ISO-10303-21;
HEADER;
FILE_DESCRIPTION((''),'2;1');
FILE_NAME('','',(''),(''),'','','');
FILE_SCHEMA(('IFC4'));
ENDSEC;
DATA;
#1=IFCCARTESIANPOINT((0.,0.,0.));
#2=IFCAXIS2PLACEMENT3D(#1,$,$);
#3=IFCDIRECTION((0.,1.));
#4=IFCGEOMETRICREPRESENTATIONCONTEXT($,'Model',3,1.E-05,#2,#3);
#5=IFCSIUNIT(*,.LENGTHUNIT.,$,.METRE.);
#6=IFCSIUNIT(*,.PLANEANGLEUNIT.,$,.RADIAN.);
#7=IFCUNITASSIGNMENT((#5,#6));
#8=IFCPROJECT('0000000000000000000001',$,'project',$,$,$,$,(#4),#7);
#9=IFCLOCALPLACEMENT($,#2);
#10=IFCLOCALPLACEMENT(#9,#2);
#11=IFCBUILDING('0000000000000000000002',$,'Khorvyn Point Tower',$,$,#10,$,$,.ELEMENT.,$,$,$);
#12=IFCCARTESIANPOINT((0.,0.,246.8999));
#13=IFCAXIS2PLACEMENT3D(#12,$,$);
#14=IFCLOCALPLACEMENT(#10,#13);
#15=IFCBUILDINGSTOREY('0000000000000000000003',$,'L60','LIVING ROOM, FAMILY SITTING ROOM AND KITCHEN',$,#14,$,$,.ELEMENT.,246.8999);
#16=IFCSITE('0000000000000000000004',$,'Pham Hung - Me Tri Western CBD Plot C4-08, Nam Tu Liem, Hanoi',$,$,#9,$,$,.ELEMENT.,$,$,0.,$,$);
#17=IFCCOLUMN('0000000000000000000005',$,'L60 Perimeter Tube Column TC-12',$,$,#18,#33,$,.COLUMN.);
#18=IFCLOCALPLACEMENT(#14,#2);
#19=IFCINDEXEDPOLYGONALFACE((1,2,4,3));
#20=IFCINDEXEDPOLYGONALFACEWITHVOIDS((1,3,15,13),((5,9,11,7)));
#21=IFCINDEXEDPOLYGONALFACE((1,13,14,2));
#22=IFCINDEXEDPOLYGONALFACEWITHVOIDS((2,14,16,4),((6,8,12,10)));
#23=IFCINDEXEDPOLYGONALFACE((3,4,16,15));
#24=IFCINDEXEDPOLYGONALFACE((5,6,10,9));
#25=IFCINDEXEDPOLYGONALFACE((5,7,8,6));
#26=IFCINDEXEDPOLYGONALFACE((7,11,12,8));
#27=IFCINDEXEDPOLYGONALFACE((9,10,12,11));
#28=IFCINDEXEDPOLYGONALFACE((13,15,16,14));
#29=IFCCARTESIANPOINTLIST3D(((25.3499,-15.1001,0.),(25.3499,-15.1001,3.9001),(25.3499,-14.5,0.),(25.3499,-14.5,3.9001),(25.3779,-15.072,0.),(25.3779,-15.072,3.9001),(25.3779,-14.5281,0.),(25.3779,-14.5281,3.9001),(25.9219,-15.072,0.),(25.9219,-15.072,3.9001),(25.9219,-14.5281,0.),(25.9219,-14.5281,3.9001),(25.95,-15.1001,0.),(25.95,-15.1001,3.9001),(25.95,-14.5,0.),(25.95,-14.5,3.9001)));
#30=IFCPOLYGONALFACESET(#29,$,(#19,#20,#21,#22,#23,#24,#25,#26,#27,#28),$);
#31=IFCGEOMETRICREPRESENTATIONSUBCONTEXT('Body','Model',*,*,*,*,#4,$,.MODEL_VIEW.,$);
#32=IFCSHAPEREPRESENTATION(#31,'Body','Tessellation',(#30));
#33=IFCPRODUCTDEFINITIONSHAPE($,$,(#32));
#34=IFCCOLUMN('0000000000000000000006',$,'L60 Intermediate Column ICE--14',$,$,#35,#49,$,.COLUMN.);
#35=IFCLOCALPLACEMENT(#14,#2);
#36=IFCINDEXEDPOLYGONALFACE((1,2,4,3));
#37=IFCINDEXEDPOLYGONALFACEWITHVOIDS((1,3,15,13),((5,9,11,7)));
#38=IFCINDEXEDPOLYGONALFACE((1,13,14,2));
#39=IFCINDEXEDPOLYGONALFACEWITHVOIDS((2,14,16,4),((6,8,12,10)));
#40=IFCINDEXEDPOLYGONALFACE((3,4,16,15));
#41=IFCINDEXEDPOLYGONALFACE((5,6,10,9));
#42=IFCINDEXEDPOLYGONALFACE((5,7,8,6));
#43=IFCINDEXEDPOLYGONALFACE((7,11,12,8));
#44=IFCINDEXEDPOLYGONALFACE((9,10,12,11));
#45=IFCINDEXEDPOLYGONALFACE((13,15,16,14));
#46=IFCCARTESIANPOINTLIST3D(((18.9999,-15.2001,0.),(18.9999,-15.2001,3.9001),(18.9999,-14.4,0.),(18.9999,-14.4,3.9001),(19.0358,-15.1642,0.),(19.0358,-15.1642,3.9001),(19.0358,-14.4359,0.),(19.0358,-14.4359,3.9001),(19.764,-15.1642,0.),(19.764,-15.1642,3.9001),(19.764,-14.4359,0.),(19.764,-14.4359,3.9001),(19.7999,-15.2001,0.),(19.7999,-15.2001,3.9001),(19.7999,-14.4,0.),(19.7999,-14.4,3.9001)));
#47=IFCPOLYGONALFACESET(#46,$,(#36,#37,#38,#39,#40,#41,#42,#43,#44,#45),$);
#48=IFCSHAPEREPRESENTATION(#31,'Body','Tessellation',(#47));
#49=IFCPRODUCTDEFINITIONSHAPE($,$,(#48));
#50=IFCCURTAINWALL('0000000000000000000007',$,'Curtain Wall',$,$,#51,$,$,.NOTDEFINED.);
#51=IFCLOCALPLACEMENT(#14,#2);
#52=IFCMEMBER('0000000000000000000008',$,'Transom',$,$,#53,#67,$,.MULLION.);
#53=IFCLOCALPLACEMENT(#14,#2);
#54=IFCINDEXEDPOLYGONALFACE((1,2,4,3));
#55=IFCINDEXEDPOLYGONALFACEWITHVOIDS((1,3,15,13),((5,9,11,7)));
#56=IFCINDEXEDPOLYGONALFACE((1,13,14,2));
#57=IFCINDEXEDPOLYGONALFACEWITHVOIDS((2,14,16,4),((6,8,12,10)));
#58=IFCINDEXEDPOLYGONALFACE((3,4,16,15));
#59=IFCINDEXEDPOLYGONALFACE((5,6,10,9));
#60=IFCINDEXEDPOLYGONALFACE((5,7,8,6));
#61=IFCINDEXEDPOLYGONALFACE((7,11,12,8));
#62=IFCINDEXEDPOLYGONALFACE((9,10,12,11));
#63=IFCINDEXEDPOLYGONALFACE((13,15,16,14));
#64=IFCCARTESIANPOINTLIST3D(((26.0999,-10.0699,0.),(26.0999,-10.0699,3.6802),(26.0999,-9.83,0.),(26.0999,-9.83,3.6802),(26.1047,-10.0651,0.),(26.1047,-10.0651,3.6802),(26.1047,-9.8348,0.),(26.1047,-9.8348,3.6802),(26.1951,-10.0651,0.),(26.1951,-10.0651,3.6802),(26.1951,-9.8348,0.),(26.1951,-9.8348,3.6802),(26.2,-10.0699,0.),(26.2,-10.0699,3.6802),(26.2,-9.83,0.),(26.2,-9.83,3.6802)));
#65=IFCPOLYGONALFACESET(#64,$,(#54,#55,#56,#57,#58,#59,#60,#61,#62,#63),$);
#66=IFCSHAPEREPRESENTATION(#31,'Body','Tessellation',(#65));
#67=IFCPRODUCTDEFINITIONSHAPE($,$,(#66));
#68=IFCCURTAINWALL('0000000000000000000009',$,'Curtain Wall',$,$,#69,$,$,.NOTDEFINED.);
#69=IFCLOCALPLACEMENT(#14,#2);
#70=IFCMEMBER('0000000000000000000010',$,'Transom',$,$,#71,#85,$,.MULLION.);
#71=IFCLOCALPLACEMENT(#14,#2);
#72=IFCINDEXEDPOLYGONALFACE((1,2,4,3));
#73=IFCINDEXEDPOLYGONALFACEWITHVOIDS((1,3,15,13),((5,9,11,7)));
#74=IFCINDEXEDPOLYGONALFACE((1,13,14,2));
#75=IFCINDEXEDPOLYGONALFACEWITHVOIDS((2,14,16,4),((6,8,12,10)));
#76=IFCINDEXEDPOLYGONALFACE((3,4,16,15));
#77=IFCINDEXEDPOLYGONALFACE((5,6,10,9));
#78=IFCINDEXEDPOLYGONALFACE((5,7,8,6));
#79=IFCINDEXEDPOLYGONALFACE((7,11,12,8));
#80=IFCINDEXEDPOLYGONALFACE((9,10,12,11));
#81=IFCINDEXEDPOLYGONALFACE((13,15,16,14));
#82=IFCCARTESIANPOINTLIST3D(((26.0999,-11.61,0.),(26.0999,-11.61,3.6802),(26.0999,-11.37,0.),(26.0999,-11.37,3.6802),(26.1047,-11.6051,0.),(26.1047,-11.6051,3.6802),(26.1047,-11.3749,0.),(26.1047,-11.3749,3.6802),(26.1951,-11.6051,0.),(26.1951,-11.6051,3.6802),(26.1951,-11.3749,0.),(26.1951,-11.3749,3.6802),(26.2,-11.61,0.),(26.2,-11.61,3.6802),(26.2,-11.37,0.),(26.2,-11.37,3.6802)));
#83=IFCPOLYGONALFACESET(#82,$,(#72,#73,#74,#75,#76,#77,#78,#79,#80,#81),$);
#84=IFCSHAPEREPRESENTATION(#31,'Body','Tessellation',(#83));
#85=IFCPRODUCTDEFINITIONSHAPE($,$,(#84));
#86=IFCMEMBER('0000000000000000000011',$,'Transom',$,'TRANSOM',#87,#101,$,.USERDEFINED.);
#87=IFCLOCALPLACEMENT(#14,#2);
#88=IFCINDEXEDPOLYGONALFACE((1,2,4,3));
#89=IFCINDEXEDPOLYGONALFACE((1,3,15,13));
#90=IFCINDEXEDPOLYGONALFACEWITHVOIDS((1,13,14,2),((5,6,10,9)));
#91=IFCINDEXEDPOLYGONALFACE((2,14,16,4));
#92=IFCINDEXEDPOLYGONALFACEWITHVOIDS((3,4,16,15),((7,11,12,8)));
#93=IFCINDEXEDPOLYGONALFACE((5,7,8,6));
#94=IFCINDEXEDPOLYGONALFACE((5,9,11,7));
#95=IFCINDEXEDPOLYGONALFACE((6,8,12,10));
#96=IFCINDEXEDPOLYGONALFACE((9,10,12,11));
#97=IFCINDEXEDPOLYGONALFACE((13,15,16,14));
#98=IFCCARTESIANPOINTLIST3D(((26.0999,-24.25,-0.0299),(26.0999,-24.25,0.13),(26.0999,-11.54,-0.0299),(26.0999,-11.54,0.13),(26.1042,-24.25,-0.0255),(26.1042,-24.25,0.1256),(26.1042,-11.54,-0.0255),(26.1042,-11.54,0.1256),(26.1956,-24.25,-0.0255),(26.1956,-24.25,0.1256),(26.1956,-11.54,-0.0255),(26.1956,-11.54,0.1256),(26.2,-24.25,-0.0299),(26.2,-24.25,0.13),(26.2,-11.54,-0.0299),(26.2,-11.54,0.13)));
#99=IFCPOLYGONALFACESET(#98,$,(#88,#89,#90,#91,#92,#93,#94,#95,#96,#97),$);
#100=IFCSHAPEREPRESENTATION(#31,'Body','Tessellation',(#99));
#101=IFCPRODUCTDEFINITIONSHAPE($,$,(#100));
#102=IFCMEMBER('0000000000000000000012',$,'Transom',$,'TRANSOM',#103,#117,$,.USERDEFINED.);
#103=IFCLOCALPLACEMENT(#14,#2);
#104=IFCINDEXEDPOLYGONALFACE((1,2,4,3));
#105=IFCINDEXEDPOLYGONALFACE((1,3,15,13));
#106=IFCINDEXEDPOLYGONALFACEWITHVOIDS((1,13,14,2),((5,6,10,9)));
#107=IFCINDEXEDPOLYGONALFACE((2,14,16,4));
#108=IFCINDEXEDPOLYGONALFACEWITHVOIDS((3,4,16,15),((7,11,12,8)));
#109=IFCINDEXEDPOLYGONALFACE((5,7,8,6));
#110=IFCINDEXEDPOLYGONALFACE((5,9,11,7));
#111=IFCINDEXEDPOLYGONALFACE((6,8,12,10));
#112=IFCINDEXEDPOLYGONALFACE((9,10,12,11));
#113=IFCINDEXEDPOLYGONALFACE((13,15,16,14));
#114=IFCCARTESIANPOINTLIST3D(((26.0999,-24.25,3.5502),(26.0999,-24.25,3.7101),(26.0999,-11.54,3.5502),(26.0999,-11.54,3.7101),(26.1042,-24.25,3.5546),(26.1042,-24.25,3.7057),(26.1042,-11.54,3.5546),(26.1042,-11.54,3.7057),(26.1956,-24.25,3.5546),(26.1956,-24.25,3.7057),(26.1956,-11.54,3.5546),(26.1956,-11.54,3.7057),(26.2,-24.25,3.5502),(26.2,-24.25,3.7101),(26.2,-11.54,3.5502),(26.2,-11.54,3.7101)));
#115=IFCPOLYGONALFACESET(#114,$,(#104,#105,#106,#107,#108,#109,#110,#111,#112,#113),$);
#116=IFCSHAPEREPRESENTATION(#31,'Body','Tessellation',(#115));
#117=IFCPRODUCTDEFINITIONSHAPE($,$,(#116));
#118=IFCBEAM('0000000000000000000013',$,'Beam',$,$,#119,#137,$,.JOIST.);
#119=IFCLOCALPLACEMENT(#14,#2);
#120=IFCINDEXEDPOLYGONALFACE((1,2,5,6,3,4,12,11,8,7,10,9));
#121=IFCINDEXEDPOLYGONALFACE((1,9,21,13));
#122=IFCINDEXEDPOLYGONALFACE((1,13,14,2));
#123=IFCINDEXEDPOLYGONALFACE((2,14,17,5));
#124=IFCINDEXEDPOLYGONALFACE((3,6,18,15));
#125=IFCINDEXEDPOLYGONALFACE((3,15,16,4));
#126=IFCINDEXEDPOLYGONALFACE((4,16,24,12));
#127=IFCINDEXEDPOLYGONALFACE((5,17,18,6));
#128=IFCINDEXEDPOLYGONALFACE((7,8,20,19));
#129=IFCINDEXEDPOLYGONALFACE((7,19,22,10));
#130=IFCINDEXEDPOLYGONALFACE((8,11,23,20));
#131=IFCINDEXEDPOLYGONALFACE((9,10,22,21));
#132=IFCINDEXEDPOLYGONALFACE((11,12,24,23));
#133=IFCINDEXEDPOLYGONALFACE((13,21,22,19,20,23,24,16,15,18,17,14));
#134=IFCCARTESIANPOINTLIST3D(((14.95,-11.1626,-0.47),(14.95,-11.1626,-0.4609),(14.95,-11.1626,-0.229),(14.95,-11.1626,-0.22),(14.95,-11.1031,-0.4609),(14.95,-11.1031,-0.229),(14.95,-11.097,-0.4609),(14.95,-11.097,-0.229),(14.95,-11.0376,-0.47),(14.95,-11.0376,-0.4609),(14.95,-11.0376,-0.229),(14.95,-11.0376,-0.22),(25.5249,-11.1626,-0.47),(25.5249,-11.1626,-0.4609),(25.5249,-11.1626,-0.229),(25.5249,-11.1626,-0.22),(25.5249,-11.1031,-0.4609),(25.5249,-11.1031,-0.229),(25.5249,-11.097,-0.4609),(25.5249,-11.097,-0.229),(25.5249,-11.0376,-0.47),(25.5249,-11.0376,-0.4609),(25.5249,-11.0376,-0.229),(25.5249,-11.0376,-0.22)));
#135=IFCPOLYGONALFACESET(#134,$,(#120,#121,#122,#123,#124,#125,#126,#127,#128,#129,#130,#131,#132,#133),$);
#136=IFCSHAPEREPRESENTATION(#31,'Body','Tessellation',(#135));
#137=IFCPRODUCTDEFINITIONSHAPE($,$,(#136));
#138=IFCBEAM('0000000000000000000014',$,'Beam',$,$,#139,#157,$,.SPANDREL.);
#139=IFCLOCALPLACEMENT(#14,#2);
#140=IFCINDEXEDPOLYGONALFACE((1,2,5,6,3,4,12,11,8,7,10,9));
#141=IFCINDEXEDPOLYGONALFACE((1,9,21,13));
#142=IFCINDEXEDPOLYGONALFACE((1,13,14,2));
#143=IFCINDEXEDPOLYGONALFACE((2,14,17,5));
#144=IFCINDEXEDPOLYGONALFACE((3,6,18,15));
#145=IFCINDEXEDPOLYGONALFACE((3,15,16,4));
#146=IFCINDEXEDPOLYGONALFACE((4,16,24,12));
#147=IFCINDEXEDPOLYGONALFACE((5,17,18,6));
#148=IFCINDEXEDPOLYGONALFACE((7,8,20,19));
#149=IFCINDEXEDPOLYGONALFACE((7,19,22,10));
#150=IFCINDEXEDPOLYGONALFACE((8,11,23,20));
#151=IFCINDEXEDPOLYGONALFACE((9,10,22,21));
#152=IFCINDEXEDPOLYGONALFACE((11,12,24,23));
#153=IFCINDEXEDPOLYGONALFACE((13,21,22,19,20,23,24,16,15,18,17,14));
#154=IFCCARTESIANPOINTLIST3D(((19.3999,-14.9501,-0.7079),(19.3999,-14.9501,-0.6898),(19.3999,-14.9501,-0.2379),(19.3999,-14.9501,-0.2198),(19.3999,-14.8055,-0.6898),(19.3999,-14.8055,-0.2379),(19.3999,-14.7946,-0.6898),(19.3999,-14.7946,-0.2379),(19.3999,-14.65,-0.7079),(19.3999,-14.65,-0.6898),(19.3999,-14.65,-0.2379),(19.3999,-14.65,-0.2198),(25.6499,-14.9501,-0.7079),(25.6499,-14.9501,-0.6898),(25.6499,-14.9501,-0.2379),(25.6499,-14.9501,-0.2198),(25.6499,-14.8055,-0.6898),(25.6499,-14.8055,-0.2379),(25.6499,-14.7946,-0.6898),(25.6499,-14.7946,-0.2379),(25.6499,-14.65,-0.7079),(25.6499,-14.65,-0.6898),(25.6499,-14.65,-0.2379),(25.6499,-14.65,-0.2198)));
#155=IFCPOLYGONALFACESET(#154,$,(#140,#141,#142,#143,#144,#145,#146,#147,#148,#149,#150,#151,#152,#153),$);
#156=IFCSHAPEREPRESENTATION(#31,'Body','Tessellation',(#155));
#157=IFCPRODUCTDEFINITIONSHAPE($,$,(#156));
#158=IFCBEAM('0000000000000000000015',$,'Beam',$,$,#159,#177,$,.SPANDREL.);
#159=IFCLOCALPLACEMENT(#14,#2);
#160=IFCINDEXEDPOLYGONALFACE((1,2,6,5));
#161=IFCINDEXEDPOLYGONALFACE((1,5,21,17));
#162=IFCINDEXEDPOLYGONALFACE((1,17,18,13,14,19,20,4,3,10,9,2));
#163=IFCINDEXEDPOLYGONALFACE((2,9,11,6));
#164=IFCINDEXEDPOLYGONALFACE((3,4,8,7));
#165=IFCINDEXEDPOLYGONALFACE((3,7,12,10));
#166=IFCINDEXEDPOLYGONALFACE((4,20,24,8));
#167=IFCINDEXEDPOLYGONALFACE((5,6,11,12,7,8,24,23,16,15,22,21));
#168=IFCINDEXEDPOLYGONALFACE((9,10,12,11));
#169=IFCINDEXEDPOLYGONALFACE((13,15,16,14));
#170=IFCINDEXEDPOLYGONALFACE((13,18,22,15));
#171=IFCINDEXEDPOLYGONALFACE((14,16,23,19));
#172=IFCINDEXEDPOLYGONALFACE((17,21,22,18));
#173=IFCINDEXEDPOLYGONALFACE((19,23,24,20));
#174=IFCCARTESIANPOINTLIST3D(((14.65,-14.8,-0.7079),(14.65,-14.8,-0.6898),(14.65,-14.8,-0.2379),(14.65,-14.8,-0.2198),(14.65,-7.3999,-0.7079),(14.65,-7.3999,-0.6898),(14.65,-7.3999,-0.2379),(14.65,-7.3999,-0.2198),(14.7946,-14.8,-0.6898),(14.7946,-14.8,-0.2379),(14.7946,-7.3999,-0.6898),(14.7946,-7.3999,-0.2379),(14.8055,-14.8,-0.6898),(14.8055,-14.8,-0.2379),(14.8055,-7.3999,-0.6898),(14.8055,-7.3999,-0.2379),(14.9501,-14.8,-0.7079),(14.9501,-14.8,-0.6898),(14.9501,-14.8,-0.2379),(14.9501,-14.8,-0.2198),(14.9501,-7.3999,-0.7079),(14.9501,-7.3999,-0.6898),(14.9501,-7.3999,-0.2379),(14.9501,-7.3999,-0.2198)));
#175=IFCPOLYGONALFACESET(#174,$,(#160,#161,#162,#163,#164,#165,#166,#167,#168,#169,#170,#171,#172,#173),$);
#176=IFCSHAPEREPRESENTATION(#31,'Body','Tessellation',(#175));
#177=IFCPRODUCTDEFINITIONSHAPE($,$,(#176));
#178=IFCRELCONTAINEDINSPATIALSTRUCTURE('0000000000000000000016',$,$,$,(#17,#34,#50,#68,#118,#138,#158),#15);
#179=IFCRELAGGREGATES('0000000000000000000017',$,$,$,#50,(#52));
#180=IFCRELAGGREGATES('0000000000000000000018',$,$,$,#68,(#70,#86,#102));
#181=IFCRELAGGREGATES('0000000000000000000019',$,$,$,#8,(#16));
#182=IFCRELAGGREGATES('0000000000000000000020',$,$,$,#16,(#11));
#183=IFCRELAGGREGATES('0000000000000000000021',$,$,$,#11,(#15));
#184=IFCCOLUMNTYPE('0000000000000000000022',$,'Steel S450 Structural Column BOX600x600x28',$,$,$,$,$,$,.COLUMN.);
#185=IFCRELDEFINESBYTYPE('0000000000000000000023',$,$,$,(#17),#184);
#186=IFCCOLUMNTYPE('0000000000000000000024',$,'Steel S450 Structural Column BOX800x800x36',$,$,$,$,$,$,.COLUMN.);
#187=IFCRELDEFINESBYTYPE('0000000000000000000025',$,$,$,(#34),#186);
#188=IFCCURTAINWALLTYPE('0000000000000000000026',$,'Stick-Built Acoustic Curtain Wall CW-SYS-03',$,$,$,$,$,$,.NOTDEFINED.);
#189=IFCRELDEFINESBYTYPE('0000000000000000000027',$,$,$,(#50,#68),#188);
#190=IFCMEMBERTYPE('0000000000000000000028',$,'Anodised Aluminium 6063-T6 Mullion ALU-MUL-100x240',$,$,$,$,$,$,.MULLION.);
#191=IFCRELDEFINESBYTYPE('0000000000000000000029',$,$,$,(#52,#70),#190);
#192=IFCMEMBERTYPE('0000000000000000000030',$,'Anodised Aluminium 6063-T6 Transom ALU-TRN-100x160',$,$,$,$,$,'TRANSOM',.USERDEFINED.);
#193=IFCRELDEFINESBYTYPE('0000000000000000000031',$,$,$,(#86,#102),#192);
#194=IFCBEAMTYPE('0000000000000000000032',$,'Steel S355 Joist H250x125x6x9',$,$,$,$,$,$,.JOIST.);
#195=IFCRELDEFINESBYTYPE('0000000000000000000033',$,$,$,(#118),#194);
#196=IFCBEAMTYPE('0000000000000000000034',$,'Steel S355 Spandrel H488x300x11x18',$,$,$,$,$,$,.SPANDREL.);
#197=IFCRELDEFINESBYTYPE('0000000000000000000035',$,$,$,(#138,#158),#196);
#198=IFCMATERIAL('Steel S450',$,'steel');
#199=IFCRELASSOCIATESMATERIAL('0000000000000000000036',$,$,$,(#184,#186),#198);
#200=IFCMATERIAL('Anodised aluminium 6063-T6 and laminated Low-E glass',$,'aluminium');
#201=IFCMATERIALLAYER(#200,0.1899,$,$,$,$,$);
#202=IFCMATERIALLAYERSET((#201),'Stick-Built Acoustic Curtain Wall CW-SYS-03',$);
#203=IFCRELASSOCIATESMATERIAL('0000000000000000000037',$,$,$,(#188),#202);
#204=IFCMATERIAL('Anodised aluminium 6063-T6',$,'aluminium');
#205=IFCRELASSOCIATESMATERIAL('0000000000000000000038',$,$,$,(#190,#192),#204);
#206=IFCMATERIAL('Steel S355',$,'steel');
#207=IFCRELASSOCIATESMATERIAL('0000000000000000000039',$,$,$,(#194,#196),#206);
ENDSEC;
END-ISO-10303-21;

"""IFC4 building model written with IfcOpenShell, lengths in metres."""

from ifc_helpers import new_model, si_unit, direction, frame, origin, origin_2d, place, context, subcontext, project, spatial, hollow_rectangle, i_section, extrude, material, layer, layer_set, material_profile, profile_set, type_object, element, aggregate, save


model = new_model("IFC4")

# Units and contexts
model_context = context("Model", 3, precision=1e-05, world=origin(), true_north=direction((0.0, 1.0)))
body_context = subcontext(model_context, "Body", "Model", "MODEL_VIEW")
ifc_project = project(units=[si_unit("LENGTHUNIT", "METRE"), si_unit("PLANEANGLEUNIT", "RADIAN")], contexts=[model_context])

# Site, building, storey
site_placement = place(None, origin())
site = spatial("IfcSite", under=ifc_project, at=site_placement, Name="Pham Hung - Me Tri Western CBD Plot C4-08, Nam Tu Liem, Hanoi", CompositionType="ELEMENT", RefElevation=0.0)
building_placement = place(site_placement, origin())
building = spatial("IfcBuilding", under=site, at=building_placement, Name="Khorvyn Point Tower", CompositionType="ELEMENT")
storey_placement = place(building_placement, frame((0.0, 0.0, 246.8999)))
storey = spatial("IfcBuildingStorey", under=building, at=storey_placement, Name="L60", Description="LIVING ROOM, FAMILY SITTING ROOM AND KITCHEN", CompositionType="ELEMENT", Elevation=246.8999)

# Columns
ifc_material_1 = material(Name="Steel S450", Category="steel")
ifc_material_profile_1 = material_profile(ifc_material_1, hollow_rectangle(XDim=0.6001, YDim=0.6001, WallThickness=0.0281, at=origin_2d()))
ifc_profile_set_1 = profile_set([ifc_material_profile_1], Name="Steel S450 BOX600x600x28")
column_type_1 = type_object("IfcColumnType", Name="Steel S450 Structural Column BOX600x600x28", PredefinedType="COLUMN", material=ifc_profile_set_1)
column_1_placement = place(storey_placement, frame((25.6499, -14.8, 0.0), z_axis=(0.0, 0.0, 1.0), x_axis=(1.0, 0.0, 0.0)))
element("IfcColumn", 1, at=column_1_placement, inside=storey, type_object=column_type_1, Name="L60 Perimeter Tube Column TC-12", PredefinedType="COLUMN", context=body_context, shape_type="SweptSolid", body=[
    extrude(hollow_rectangle(XDim=0.6001, YDim=0.6001, WallThickness=0.0281, at=origin_2d()), origin(), (0.0, 0.0, 1.0), 3.9001),
])
ifc_material_profile_2 = material_profile(ifc_material_1, hollow_rectangle(XDim=0.8, YDim=0.8, WallThickness=0.0359, at=origin_2d()))
ifc_profile_set_2 = profile_set([ifc_material_profile_2], Name="Steel S450 BOX800x800x36")
column_type_2 = type_object("IfcColumnType", Name="Steel S450 Structural Column BOX800x800x36", PredefinedType="COLUMN", material=ifc_profile_set_2)
column_2_placement = place(storey_placement, frame((19.3999, -14.8, 0.0), z_axis=(0.0, 0.0, 1.0), x_axis=(1.0, 0.0, 0.0)))
element("IfcColumn", 2, at=column_2_placement, inside=storey, type_object=column_type_2, Name="L60 Intermediate Column ICE--14", PredefinedType="COLUMN", context=body_context, shape_type="SweptSolid", body=[
    extrude(hollow_rectangle(XDim=0.8, YDim=0.8, WallThickness=0.0359, at=origin_2d()), origin(), (0.0, 0.0, 1.0), 3.9001),
])

# Curtain wall, member
ifc_material_2 = material(Name="Anodised aluminium 6063-T6 and laminated Low-E glass", Category="aluminium")
ifc_layer_1 = layer(ifc_material_2, 0.1899)
ifc_layer_set_1 = layer_set([ifc_layer_1], Name="Stick-Built Acoustic Curtain Wall CW-SYS-03")
curtain_wall_type = type_object("IfcCurtainWallType", Name="Stick-Built Acoustic Curtain Wall CW-SYS-03", PredefinedType="NOTDEFINED", material=ifc_layer_set_1)
curtain_wall_1_placement = place(storey_placement, origin())
curtain_wall_1 = element("IfcCurtainWall", 3, at=curtain_wall_1_placement, inside=storey, type_object=curtain_wall_type, Name="Curtain Wall", PredefinedType="NOTDEFINED")
ifc_material_3 = material(Name="Anodised aluminium 6063-T6", Category="aluminium")
ifc_material_profile_3 = material_profile(ifc_material_3, hollow_rectangle(XDim=0.1001, YDim=0.24, WallThickness=0.0049, at=origin_2d()))
ifc_profile_set_3 = profile_set([ifc_material_profile_3], Name="Anodised aluminium 6063-T6 ALU-MUL-100x240")
member_type_1 = type_object("IfcMemberType", Name="Anodised Aluminium 6063-T6 Mullion ALU-MUL-100x240", PredefinedType="MULLION", material=ifc_profile_set_3)
member_1_placement = place(storey_placement, frame((26.1499, -9.95, 0.0), z_axis=(0.0, 0.0, 1.0), x_axis=(1.0, 0.0, 0.0)))
member_1 = element("IfcMember", 4, at=member_1_placement, type_object=member_type_1, Name="Transom", PredefinedType="MULLION", context=body_context, shape_type="SweptSolid", body=[
    extrude(hollow_rectangle(XDim=0.1001, YDim=0.24, WallThickness=0.0049, at=origin_2d()), origin(), (0.0, 0.0, 1.0), 3.6802),
])

# Curtain wall, members
curtain_wall_2_placement = place(storey_placement, origin())
curtain_wall_2 = element("IfcCurtainWall", 5, at=curtain_wall_2_placement, inside=storey, type_object=curtain_wall_type, Name="Curtain Wall", PredefinedType="NOTDEFINED")
member_2_placement = place(storey_placement, frame((26.1499, -11.49, 0.0), z_axis=(0.0, 0.0, 1.0), x_axis=(1.0, 0.0, 0.0)))
member_2 = element("IfcMember", 6, at=member_2_placement, type_object=member_type_1, Name="Transom", PredefinedType="MULLION", context=body_context, shape_type="SweptSolid", body=[
    extrude(hollow_rectangle(XDim=0.1001, YDim=0.24, WallThickness=0.0049, at=origin_2d()), origin(), (0.0, 0.0, 1.0), 3.6802),
])
ifc_material_profile_4 = material_profile(ifc_material_3, hollow_rectangle(XDim=0.1001, YDim=0.1599, WallThickness=0.0044, at=origin_2d()))
ifc_profile_set_4 = profile_set([ifc_material_profile_4], Name="Anodised aluminium 6063-T6 ALU-TRN-100x160")
member_type_2 = type_object("IfcMemberType", Name="Anodised Aluminium 6063-T6 Transom ALU-TRN-100x160", ElementType="TRANSOM", PredefinedType="USERDEFINED", material=ifc_profile_set_4)
member_3_placement = place(storey_placement, frame((26.1499, -11.54, 0.05), z_axis=(0.0, -1.0, 0.0), x_axis=(1.0, 0.0, 0.0)))
member_3 = element("IfcMember", 7, at=member_3_placement, type_object=member_type_2, Name="Transom", ObjectType="TRANSOM", PredefinedType="USERDEFINED", context=body_context, shape_type="SweptSolid", body=[
    extrude(hollow_rectangle(XDim=0.1001, YDim=0.1599, WallThickness=0.0044, at=origin_2d()), origin(), (0.0, 0.0, 1.0), 12.71),
])
member_4_placement = place(storey_placement, frame((26.1499, -11.54, 3.6301), z_axis=(0.0, -1.0, 0.0), x_axis=(1.0, 0.0, 0.0)))
member_4 = element("IfcMember", 8, at=member_4_placement, type_object=member_type_2, Name="Transom", ObjectType="TRANSOM", PredefinedType="USERDEFINED", context=body_context, shape_type="SweptSolid", body=[
    extrude(hollow_rectangle(XDim=0.1001, YDim=0.1599, WallThickness=0.0044, at=origin_2d()), origin(), (0.0, 0.0, 1.0), 12.71),
])

# Beams
ifc_material_4 = material(Name="Steel S355", Category="steel")
ifc_material_profile_5 = material_profile(ifc_material_4, i_section(OverallWidth=0.125, OverallDepth=0.25, WebThickness=0.0061, FlangeThickness=0.009, at=origin_2d()))
ifc_profile_set_5 = profile_set([ifc_material_profile_5], Name="Steel S355 H250x125x6x9")
beam_type_1 = type_object("IfcBeamType", Name="Steel S355 Joist H250x125x6x9", PredefinedType="JOIST", material=ifc_profile_set_5)
beam_1_placement = place(storey_placement, frame((14.95, -11.1001, -0.345), z_axis=(1.0, 0.0, 0.0), x_axis=(0.0, 1.0, 0.0)))
element("IfcBeam", 9, at=beam_1_placement, inside=storey, type_object=beam_type_1, Name="Beam", PredefinedType="JOIST", context=body_context, shape_type="SweptSolid", body=[
    extrude(i_section(OverallWidth=0.125, OverallDepth=0.25, WebThickness=0.0061, FlangeThickness=0.009, at=origin_2d()), origin(), (0.0, 0.0, 1.0), 10.575),
])
ifc_material_profile_6 = material_profile(ifc_material_4, i_section(OverallWidth=0.3, OverallDepth=0.488, WebThickness=0.011, FlangeThickness=0.0181, at=origin_2d()))
ifc_profile_set_6 = profile_set([ifc_material_profile_6], Name="Steel S355 H488x300x11x18")
beam_type_2 = type_object("IfcBeamType", Name="Steel S355 Spandrel H488x300x11x18", PredefinedType="SPANDREL", material=ifc_profile_set_6)
beam_2_placement = place(storey_placement, frame((19.3999, -14.8, -0.4639), z_axis=(1.0, 0.0, 0.0), x_axis=(0.0, 1.0, 0.0)))
element("IfcBeam", 10, at=beam_2_placement, inside=storey, type_object=beam_type_2, Name="Beam", PredefinedType="SPANDREL", context=body_context, shape_type="SweptSolid", body=[
    extrude(i_section(OverallWidth=0.3, OverallDepth=0.488, WebThickness=0.011, FlangeThickness=0.0181, at=origin_2d()), origin(), (0.0, 0.0, 1.0), 6.25),
])
for number, where, z_axis, x_axis, name in (
    (11, (14.8, -14.8, -0.4639), (0.0, 1.0, 0.0), (-1.0, 0.0, 0.0), "Beam"),
):
    element("IfcBeam", number, at=place(storey_placement, frame(where, z_axis=z_axis, x_axis=x_axis)), inside=storey, type_object=beam_type_2, Name=name, PredefinedType="SPANDREL", context=body_context, shape_type="SweptSolid", body=[
        extrude(i_section(OverallWidth=0.3, OverallDepth=0.488, WebThickness=0.011, FlangeThickness=0.0181, at=origin_2d()), origin(), (0.0, 0.0, 1.0), 7.4001),
    ])

aggregate(curtain_wall_1, [member_1])
aggregate(curtain_wall_2, [member_2, member_3, member_4])

save(model, "model.ifc")
